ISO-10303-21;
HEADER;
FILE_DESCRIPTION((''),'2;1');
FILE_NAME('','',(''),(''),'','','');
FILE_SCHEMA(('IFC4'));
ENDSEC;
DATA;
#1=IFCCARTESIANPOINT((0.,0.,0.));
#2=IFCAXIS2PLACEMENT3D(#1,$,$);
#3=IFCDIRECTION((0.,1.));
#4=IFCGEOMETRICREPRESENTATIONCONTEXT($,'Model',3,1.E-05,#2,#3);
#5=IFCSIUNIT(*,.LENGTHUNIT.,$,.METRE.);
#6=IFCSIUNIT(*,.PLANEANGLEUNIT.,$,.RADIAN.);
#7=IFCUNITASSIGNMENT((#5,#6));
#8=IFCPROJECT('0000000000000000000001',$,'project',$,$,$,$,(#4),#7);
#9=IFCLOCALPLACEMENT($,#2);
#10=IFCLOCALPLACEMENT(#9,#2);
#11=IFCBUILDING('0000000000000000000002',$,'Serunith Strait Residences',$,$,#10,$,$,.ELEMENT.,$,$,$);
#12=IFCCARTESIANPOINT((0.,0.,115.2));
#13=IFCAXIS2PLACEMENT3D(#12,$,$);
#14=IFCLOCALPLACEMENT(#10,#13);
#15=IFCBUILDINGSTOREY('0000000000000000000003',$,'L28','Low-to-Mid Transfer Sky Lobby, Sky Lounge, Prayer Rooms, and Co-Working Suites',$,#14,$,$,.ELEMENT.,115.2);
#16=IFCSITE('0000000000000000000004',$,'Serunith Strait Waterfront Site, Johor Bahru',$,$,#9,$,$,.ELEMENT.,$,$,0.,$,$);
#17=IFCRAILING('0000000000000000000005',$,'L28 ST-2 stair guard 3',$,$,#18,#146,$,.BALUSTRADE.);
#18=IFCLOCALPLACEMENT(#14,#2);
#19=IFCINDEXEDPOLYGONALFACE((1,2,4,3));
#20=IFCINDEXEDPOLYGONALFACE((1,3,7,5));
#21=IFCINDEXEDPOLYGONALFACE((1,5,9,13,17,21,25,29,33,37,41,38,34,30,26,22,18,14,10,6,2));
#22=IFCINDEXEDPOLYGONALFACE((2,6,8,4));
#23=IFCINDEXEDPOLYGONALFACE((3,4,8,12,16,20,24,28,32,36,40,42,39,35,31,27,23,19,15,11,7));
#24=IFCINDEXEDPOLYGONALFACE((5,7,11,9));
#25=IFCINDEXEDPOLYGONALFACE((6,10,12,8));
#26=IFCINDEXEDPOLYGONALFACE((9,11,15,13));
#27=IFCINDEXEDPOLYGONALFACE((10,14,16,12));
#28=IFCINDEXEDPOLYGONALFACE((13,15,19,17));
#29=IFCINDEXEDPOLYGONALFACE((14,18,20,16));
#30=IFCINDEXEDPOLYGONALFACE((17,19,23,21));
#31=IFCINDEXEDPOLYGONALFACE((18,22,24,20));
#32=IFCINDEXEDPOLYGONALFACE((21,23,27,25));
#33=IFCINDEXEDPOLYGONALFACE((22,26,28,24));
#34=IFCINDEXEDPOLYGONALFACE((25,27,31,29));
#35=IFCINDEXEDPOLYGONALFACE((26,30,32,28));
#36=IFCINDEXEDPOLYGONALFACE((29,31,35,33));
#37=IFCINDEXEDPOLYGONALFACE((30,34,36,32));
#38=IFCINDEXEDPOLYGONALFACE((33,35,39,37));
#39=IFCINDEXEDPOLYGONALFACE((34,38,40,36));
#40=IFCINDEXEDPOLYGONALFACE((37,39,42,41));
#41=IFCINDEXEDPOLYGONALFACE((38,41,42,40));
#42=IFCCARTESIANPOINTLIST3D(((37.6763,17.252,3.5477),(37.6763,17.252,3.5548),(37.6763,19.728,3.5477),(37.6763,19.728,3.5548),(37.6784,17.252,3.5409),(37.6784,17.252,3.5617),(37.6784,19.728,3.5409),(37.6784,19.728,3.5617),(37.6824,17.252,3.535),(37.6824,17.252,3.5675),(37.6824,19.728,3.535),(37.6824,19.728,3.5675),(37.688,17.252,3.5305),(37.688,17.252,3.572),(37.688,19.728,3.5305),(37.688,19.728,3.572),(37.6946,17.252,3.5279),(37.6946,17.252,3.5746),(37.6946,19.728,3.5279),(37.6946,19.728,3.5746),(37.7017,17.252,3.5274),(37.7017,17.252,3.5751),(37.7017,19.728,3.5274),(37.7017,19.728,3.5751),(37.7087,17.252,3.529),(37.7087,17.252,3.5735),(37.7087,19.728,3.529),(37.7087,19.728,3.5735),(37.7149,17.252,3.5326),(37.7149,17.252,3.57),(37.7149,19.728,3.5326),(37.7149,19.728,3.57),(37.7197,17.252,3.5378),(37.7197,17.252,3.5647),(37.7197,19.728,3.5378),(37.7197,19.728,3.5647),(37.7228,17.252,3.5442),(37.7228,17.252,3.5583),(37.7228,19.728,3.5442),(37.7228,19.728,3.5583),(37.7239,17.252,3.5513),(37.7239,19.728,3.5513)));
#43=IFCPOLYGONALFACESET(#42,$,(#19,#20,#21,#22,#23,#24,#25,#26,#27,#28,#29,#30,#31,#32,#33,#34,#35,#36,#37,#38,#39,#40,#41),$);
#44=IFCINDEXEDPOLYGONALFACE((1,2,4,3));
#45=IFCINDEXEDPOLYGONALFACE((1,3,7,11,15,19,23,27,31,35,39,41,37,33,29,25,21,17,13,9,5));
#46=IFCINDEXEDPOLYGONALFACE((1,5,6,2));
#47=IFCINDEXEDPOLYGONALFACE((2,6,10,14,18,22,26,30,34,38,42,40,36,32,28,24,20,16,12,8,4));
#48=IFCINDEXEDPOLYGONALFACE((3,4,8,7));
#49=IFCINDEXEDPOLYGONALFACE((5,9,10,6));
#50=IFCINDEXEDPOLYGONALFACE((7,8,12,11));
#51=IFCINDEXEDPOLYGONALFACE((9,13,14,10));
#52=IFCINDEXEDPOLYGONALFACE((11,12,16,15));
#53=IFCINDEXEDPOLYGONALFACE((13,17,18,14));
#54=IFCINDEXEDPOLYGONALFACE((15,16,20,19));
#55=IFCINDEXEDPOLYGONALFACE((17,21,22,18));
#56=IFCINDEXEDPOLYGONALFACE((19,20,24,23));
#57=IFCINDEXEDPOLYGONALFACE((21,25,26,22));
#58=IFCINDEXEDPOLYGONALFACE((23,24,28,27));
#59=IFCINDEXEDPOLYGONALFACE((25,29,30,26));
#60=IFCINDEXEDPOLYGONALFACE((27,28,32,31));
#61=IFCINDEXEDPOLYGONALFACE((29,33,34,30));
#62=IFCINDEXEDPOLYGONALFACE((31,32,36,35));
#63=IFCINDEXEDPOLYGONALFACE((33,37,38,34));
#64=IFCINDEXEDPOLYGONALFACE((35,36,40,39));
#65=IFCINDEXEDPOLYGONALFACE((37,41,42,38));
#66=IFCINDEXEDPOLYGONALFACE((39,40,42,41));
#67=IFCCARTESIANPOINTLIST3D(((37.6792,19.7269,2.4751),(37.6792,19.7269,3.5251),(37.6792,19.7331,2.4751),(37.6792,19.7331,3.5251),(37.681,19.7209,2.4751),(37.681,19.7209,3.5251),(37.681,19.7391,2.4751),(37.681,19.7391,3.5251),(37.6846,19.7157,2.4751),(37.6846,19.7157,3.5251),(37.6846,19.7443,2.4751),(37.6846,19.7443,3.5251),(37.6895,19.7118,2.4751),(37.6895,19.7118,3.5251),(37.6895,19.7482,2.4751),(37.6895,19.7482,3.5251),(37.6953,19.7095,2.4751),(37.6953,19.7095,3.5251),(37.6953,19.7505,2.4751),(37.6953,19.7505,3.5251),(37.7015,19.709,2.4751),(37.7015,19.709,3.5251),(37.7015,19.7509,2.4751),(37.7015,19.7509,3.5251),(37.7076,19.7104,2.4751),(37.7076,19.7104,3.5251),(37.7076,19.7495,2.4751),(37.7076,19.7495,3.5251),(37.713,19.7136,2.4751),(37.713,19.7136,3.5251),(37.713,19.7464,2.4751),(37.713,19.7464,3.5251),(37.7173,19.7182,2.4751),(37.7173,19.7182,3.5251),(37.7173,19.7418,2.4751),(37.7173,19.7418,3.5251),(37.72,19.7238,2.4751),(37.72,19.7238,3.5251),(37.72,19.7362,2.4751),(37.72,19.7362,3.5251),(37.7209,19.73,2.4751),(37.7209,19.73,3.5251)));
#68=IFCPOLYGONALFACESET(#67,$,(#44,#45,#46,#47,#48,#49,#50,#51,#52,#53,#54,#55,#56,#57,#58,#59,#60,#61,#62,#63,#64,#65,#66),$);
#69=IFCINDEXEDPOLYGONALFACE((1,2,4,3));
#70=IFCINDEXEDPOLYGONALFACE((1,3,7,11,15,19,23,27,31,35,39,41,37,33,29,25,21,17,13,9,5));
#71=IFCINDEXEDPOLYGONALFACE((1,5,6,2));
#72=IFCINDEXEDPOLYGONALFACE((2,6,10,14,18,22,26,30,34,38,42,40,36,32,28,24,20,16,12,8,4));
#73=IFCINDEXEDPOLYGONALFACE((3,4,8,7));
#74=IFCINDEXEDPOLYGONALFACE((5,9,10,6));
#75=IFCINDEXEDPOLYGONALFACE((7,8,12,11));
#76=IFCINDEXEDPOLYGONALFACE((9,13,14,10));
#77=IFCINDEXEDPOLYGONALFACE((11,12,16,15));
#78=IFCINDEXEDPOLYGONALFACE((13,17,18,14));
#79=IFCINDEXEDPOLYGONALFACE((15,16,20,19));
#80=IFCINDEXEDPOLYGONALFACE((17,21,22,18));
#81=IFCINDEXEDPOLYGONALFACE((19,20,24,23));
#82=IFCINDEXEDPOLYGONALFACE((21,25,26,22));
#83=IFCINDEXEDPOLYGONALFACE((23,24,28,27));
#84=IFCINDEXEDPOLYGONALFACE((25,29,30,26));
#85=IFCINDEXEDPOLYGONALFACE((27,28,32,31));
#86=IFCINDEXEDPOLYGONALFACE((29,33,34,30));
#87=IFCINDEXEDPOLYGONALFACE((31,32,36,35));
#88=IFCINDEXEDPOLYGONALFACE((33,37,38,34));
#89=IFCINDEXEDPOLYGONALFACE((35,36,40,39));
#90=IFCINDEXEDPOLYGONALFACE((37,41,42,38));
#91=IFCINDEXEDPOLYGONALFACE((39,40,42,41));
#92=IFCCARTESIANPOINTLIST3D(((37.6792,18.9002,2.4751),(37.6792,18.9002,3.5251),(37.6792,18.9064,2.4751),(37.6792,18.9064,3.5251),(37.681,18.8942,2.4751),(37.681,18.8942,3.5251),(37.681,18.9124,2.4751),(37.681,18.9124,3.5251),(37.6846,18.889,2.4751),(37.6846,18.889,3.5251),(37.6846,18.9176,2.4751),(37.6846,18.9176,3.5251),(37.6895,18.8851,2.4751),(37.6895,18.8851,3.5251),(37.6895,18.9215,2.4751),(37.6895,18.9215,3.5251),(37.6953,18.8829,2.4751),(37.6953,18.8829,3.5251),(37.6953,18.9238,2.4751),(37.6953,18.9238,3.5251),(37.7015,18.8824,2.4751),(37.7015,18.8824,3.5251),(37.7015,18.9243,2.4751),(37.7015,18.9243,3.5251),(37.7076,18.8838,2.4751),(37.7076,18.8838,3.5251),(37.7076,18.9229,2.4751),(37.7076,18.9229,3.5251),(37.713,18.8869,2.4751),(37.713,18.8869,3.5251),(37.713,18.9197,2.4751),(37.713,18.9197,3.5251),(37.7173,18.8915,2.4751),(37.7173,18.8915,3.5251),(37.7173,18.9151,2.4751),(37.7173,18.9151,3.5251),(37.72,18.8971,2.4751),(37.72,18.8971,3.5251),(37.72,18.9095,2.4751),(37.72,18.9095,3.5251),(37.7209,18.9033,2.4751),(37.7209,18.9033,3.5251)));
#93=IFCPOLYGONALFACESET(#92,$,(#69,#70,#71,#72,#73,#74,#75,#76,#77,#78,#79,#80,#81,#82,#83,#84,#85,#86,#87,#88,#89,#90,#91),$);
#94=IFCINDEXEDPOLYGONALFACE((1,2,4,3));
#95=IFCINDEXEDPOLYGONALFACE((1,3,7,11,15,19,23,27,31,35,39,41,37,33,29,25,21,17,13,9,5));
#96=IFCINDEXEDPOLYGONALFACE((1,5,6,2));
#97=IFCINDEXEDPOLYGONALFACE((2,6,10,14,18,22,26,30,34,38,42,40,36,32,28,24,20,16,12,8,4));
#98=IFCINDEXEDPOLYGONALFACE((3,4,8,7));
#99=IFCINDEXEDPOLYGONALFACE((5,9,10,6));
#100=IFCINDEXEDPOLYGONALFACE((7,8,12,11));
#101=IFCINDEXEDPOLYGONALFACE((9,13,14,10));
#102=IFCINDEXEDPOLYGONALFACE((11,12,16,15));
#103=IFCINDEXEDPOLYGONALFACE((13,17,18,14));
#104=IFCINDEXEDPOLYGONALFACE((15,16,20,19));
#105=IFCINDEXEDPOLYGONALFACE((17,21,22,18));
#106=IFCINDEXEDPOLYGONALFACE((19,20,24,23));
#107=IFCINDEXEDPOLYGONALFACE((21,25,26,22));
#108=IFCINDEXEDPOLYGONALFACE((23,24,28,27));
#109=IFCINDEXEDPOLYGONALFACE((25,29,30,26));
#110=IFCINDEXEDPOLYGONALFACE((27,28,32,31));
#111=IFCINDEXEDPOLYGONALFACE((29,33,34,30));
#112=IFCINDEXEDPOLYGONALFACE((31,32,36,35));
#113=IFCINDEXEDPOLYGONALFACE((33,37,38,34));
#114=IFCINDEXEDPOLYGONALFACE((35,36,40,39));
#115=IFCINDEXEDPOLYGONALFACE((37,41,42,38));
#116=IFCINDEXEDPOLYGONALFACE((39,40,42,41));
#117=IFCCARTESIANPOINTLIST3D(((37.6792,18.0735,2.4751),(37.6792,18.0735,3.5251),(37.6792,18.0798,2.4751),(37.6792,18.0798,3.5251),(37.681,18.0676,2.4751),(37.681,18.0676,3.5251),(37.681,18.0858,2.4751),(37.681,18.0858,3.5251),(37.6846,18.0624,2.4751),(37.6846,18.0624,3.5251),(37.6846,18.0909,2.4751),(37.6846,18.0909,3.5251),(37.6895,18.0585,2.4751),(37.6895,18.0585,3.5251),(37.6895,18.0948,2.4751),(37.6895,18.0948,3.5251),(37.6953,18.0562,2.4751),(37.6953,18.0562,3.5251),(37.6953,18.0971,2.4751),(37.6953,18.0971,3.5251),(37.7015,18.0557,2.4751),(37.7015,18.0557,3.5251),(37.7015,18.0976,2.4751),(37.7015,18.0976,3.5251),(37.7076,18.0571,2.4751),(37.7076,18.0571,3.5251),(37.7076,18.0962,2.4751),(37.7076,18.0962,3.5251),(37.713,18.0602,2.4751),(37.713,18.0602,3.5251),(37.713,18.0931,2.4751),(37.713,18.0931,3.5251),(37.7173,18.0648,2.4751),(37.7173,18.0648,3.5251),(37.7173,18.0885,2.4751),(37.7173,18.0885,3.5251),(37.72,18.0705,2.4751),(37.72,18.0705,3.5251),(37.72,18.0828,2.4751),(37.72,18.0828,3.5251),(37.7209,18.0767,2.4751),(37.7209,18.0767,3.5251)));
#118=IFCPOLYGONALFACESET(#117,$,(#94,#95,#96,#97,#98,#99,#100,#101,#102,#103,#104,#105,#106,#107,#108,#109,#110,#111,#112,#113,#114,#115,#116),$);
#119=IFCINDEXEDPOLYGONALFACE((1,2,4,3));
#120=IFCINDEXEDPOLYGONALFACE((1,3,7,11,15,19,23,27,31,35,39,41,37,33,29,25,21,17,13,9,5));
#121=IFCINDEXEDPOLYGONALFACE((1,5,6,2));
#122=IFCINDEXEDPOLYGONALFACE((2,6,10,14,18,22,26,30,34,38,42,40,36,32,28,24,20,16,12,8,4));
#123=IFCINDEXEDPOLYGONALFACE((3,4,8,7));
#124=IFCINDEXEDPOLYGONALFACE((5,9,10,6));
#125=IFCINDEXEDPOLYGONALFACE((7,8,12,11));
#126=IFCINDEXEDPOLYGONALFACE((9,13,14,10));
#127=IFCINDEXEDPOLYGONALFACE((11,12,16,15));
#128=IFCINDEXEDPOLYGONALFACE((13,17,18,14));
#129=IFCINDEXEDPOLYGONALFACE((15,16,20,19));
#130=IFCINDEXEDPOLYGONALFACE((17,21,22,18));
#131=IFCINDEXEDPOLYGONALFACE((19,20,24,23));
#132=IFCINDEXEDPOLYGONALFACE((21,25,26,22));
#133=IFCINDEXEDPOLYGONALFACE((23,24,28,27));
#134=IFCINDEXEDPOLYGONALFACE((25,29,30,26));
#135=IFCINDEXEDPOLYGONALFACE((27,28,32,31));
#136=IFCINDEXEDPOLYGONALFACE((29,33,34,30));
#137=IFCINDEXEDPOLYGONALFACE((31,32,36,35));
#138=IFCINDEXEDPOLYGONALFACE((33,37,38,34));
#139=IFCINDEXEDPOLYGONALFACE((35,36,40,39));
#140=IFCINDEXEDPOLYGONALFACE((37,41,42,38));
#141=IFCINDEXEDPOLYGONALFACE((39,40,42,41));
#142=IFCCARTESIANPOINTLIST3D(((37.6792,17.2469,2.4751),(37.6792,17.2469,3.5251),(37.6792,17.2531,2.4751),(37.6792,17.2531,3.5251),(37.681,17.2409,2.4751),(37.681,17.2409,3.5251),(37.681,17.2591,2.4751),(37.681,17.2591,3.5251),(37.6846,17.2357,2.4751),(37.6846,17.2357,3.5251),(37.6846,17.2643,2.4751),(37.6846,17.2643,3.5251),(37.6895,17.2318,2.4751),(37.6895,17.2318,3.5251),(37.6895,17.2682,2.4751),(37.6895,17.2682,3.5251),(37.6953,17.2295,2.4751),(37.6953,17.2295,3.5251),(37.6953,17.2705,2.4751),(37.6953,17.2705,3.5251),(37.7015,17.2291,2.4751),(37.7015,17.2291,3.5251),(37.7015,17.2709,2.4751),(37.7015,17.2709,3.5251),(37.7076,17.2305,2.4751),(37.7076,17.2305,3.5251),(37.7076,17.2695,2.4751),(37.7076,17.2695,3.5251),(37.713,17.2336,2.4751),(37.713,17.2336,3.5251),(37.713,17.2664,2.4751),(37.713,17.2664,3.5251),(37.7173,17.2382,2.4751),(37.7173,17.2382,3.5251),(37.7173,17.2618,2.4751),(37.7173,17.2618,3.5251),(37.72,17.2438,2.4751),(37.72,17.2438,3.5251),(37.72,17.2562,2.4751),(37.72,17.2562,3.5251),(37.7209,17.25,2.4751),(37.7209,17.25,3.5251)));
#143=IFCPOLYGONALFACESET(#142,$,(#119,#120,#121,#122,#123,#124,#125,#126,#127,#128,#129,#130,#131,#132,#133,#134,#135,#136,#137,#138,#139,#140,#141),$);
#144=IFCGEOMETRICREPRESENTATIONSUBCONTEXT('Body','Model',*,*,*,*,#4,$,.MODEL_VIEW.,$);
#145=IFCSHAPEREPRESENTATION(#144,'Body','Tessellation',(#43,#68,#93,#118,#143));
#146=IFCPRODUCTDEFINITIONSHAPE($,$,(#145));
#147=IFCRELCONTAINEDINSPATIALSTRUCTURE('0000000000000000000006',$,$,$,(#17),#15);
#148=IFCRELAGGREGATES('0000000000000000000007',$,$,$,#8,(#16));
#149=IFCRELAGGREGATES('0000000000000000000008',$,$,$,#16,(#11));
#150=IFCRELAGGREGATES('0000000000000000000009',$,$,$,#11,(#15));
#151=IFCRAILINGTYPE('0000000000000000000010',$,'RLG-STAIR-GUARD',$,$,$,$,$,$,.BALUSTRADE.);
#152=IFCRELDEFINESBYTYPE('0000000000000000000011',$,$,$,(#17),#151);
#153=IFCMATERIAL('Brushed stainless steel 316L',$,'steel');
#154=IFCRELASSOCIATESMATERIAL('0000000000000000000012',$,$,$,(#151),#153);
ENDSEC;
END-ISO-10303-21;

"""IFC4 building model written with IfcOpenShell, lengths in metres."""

from ifc_helpers import new_model, si_unit, direction, frame, origin, origin_2d, place, context, subcontext, project, spatial, circle, extrude, material, type_object, element, save


model = new_model("IFC4")

# Units and contexts
model_context = context("Model", 3, precision=1e-05, world=origin(), true_north=direction((0.0, 1.0)))
body_context = subcontext(model_context, "Body", "Model", "MODEL_VIEW")
ifc_project = project(units=[si_unit("LENGTHUNIT", "METRE"), si_unit("PLANEANGLEUNIT", "RADIAN")], contexts=[model_context])

# Site, building, storey
site_placement = place(None, origin())
site = spatial("IfcSite", under=ifc_project, at=site_placement, Name="Serunith Strait Waterfront Site, Johor Bahru", CompositionType="ELEMENT", RefElevation=0.0)
building_placement = place(site_placement, origin())
building = spatial("IfcBuilding", under=site, at=building_placement, Name="Serunith Strait Residences", CompositionType="ELEMENT")
storey_placement = place(building_placement, frame((0.0, 0.0, 115.2)))
storey = spatial("IfcBuildingStorey", under=building, at=storey_placement, Name="L28", Description="Low-to-Mid Transfer Sky Lobby, Sky Lounge, Prayer Rooms, and Co-Working Suites", CompositionType="ELEMENT", Elevation=115.2)

# Railing
ifc_material_1 = material(Name="Brushed stainless steel 316L", Category="steel")
railing_type_1 = type_object("IfcRailingType", Name="RLG-STAIR-GUARD", PredefinedType="BALUSTRADE", material=ifc_material_1)
for number, where, name in (
    (1, (37.7, 19.73, 2.4751), "L28 ST-2 stair guard 3"),
):
    element("IfcRailing", number, at=place(storey_placement, frame(where)), inside=storey, type_object=railing_type_1, Name=name, PredefinedType="BALUSTRADE", context=body_context, shape_type="SweptSolid", body=[
        extrude(circle(Radius=0.0239, at=origin_2d()), frame((0.0, -0.002, 1.0762), z_axis=(0.0, -1.0, 0.0), x_axis=(1.0, 0.0, 0.0)), (0.0, 0.0, 1.0), 2.4761),
        extrude(circle(Radius=0.021, at=origin_2d()), origin(), (0.0, 0.0, 1.0), 1.05),
        extrude(circle(Radius=0.021, at=origin_2d()), frame((0.0, -0.8267, 0.0)), (0.0, 0.0, 1.0), 1.05),
        extrude(circle(Radius=0.021, at=origin_2d()), frame((0.0, -1.6533, 0.0)), (0.0, 0.0, 1.0), 1.05),
        extrude(circle(Radius=0.021, at=origin_2d()), frame((0.0, -2.48, 0.0)), (0.0, 0.0, 1.0), 1.05),
    ])

save(model, "model.ifc")
